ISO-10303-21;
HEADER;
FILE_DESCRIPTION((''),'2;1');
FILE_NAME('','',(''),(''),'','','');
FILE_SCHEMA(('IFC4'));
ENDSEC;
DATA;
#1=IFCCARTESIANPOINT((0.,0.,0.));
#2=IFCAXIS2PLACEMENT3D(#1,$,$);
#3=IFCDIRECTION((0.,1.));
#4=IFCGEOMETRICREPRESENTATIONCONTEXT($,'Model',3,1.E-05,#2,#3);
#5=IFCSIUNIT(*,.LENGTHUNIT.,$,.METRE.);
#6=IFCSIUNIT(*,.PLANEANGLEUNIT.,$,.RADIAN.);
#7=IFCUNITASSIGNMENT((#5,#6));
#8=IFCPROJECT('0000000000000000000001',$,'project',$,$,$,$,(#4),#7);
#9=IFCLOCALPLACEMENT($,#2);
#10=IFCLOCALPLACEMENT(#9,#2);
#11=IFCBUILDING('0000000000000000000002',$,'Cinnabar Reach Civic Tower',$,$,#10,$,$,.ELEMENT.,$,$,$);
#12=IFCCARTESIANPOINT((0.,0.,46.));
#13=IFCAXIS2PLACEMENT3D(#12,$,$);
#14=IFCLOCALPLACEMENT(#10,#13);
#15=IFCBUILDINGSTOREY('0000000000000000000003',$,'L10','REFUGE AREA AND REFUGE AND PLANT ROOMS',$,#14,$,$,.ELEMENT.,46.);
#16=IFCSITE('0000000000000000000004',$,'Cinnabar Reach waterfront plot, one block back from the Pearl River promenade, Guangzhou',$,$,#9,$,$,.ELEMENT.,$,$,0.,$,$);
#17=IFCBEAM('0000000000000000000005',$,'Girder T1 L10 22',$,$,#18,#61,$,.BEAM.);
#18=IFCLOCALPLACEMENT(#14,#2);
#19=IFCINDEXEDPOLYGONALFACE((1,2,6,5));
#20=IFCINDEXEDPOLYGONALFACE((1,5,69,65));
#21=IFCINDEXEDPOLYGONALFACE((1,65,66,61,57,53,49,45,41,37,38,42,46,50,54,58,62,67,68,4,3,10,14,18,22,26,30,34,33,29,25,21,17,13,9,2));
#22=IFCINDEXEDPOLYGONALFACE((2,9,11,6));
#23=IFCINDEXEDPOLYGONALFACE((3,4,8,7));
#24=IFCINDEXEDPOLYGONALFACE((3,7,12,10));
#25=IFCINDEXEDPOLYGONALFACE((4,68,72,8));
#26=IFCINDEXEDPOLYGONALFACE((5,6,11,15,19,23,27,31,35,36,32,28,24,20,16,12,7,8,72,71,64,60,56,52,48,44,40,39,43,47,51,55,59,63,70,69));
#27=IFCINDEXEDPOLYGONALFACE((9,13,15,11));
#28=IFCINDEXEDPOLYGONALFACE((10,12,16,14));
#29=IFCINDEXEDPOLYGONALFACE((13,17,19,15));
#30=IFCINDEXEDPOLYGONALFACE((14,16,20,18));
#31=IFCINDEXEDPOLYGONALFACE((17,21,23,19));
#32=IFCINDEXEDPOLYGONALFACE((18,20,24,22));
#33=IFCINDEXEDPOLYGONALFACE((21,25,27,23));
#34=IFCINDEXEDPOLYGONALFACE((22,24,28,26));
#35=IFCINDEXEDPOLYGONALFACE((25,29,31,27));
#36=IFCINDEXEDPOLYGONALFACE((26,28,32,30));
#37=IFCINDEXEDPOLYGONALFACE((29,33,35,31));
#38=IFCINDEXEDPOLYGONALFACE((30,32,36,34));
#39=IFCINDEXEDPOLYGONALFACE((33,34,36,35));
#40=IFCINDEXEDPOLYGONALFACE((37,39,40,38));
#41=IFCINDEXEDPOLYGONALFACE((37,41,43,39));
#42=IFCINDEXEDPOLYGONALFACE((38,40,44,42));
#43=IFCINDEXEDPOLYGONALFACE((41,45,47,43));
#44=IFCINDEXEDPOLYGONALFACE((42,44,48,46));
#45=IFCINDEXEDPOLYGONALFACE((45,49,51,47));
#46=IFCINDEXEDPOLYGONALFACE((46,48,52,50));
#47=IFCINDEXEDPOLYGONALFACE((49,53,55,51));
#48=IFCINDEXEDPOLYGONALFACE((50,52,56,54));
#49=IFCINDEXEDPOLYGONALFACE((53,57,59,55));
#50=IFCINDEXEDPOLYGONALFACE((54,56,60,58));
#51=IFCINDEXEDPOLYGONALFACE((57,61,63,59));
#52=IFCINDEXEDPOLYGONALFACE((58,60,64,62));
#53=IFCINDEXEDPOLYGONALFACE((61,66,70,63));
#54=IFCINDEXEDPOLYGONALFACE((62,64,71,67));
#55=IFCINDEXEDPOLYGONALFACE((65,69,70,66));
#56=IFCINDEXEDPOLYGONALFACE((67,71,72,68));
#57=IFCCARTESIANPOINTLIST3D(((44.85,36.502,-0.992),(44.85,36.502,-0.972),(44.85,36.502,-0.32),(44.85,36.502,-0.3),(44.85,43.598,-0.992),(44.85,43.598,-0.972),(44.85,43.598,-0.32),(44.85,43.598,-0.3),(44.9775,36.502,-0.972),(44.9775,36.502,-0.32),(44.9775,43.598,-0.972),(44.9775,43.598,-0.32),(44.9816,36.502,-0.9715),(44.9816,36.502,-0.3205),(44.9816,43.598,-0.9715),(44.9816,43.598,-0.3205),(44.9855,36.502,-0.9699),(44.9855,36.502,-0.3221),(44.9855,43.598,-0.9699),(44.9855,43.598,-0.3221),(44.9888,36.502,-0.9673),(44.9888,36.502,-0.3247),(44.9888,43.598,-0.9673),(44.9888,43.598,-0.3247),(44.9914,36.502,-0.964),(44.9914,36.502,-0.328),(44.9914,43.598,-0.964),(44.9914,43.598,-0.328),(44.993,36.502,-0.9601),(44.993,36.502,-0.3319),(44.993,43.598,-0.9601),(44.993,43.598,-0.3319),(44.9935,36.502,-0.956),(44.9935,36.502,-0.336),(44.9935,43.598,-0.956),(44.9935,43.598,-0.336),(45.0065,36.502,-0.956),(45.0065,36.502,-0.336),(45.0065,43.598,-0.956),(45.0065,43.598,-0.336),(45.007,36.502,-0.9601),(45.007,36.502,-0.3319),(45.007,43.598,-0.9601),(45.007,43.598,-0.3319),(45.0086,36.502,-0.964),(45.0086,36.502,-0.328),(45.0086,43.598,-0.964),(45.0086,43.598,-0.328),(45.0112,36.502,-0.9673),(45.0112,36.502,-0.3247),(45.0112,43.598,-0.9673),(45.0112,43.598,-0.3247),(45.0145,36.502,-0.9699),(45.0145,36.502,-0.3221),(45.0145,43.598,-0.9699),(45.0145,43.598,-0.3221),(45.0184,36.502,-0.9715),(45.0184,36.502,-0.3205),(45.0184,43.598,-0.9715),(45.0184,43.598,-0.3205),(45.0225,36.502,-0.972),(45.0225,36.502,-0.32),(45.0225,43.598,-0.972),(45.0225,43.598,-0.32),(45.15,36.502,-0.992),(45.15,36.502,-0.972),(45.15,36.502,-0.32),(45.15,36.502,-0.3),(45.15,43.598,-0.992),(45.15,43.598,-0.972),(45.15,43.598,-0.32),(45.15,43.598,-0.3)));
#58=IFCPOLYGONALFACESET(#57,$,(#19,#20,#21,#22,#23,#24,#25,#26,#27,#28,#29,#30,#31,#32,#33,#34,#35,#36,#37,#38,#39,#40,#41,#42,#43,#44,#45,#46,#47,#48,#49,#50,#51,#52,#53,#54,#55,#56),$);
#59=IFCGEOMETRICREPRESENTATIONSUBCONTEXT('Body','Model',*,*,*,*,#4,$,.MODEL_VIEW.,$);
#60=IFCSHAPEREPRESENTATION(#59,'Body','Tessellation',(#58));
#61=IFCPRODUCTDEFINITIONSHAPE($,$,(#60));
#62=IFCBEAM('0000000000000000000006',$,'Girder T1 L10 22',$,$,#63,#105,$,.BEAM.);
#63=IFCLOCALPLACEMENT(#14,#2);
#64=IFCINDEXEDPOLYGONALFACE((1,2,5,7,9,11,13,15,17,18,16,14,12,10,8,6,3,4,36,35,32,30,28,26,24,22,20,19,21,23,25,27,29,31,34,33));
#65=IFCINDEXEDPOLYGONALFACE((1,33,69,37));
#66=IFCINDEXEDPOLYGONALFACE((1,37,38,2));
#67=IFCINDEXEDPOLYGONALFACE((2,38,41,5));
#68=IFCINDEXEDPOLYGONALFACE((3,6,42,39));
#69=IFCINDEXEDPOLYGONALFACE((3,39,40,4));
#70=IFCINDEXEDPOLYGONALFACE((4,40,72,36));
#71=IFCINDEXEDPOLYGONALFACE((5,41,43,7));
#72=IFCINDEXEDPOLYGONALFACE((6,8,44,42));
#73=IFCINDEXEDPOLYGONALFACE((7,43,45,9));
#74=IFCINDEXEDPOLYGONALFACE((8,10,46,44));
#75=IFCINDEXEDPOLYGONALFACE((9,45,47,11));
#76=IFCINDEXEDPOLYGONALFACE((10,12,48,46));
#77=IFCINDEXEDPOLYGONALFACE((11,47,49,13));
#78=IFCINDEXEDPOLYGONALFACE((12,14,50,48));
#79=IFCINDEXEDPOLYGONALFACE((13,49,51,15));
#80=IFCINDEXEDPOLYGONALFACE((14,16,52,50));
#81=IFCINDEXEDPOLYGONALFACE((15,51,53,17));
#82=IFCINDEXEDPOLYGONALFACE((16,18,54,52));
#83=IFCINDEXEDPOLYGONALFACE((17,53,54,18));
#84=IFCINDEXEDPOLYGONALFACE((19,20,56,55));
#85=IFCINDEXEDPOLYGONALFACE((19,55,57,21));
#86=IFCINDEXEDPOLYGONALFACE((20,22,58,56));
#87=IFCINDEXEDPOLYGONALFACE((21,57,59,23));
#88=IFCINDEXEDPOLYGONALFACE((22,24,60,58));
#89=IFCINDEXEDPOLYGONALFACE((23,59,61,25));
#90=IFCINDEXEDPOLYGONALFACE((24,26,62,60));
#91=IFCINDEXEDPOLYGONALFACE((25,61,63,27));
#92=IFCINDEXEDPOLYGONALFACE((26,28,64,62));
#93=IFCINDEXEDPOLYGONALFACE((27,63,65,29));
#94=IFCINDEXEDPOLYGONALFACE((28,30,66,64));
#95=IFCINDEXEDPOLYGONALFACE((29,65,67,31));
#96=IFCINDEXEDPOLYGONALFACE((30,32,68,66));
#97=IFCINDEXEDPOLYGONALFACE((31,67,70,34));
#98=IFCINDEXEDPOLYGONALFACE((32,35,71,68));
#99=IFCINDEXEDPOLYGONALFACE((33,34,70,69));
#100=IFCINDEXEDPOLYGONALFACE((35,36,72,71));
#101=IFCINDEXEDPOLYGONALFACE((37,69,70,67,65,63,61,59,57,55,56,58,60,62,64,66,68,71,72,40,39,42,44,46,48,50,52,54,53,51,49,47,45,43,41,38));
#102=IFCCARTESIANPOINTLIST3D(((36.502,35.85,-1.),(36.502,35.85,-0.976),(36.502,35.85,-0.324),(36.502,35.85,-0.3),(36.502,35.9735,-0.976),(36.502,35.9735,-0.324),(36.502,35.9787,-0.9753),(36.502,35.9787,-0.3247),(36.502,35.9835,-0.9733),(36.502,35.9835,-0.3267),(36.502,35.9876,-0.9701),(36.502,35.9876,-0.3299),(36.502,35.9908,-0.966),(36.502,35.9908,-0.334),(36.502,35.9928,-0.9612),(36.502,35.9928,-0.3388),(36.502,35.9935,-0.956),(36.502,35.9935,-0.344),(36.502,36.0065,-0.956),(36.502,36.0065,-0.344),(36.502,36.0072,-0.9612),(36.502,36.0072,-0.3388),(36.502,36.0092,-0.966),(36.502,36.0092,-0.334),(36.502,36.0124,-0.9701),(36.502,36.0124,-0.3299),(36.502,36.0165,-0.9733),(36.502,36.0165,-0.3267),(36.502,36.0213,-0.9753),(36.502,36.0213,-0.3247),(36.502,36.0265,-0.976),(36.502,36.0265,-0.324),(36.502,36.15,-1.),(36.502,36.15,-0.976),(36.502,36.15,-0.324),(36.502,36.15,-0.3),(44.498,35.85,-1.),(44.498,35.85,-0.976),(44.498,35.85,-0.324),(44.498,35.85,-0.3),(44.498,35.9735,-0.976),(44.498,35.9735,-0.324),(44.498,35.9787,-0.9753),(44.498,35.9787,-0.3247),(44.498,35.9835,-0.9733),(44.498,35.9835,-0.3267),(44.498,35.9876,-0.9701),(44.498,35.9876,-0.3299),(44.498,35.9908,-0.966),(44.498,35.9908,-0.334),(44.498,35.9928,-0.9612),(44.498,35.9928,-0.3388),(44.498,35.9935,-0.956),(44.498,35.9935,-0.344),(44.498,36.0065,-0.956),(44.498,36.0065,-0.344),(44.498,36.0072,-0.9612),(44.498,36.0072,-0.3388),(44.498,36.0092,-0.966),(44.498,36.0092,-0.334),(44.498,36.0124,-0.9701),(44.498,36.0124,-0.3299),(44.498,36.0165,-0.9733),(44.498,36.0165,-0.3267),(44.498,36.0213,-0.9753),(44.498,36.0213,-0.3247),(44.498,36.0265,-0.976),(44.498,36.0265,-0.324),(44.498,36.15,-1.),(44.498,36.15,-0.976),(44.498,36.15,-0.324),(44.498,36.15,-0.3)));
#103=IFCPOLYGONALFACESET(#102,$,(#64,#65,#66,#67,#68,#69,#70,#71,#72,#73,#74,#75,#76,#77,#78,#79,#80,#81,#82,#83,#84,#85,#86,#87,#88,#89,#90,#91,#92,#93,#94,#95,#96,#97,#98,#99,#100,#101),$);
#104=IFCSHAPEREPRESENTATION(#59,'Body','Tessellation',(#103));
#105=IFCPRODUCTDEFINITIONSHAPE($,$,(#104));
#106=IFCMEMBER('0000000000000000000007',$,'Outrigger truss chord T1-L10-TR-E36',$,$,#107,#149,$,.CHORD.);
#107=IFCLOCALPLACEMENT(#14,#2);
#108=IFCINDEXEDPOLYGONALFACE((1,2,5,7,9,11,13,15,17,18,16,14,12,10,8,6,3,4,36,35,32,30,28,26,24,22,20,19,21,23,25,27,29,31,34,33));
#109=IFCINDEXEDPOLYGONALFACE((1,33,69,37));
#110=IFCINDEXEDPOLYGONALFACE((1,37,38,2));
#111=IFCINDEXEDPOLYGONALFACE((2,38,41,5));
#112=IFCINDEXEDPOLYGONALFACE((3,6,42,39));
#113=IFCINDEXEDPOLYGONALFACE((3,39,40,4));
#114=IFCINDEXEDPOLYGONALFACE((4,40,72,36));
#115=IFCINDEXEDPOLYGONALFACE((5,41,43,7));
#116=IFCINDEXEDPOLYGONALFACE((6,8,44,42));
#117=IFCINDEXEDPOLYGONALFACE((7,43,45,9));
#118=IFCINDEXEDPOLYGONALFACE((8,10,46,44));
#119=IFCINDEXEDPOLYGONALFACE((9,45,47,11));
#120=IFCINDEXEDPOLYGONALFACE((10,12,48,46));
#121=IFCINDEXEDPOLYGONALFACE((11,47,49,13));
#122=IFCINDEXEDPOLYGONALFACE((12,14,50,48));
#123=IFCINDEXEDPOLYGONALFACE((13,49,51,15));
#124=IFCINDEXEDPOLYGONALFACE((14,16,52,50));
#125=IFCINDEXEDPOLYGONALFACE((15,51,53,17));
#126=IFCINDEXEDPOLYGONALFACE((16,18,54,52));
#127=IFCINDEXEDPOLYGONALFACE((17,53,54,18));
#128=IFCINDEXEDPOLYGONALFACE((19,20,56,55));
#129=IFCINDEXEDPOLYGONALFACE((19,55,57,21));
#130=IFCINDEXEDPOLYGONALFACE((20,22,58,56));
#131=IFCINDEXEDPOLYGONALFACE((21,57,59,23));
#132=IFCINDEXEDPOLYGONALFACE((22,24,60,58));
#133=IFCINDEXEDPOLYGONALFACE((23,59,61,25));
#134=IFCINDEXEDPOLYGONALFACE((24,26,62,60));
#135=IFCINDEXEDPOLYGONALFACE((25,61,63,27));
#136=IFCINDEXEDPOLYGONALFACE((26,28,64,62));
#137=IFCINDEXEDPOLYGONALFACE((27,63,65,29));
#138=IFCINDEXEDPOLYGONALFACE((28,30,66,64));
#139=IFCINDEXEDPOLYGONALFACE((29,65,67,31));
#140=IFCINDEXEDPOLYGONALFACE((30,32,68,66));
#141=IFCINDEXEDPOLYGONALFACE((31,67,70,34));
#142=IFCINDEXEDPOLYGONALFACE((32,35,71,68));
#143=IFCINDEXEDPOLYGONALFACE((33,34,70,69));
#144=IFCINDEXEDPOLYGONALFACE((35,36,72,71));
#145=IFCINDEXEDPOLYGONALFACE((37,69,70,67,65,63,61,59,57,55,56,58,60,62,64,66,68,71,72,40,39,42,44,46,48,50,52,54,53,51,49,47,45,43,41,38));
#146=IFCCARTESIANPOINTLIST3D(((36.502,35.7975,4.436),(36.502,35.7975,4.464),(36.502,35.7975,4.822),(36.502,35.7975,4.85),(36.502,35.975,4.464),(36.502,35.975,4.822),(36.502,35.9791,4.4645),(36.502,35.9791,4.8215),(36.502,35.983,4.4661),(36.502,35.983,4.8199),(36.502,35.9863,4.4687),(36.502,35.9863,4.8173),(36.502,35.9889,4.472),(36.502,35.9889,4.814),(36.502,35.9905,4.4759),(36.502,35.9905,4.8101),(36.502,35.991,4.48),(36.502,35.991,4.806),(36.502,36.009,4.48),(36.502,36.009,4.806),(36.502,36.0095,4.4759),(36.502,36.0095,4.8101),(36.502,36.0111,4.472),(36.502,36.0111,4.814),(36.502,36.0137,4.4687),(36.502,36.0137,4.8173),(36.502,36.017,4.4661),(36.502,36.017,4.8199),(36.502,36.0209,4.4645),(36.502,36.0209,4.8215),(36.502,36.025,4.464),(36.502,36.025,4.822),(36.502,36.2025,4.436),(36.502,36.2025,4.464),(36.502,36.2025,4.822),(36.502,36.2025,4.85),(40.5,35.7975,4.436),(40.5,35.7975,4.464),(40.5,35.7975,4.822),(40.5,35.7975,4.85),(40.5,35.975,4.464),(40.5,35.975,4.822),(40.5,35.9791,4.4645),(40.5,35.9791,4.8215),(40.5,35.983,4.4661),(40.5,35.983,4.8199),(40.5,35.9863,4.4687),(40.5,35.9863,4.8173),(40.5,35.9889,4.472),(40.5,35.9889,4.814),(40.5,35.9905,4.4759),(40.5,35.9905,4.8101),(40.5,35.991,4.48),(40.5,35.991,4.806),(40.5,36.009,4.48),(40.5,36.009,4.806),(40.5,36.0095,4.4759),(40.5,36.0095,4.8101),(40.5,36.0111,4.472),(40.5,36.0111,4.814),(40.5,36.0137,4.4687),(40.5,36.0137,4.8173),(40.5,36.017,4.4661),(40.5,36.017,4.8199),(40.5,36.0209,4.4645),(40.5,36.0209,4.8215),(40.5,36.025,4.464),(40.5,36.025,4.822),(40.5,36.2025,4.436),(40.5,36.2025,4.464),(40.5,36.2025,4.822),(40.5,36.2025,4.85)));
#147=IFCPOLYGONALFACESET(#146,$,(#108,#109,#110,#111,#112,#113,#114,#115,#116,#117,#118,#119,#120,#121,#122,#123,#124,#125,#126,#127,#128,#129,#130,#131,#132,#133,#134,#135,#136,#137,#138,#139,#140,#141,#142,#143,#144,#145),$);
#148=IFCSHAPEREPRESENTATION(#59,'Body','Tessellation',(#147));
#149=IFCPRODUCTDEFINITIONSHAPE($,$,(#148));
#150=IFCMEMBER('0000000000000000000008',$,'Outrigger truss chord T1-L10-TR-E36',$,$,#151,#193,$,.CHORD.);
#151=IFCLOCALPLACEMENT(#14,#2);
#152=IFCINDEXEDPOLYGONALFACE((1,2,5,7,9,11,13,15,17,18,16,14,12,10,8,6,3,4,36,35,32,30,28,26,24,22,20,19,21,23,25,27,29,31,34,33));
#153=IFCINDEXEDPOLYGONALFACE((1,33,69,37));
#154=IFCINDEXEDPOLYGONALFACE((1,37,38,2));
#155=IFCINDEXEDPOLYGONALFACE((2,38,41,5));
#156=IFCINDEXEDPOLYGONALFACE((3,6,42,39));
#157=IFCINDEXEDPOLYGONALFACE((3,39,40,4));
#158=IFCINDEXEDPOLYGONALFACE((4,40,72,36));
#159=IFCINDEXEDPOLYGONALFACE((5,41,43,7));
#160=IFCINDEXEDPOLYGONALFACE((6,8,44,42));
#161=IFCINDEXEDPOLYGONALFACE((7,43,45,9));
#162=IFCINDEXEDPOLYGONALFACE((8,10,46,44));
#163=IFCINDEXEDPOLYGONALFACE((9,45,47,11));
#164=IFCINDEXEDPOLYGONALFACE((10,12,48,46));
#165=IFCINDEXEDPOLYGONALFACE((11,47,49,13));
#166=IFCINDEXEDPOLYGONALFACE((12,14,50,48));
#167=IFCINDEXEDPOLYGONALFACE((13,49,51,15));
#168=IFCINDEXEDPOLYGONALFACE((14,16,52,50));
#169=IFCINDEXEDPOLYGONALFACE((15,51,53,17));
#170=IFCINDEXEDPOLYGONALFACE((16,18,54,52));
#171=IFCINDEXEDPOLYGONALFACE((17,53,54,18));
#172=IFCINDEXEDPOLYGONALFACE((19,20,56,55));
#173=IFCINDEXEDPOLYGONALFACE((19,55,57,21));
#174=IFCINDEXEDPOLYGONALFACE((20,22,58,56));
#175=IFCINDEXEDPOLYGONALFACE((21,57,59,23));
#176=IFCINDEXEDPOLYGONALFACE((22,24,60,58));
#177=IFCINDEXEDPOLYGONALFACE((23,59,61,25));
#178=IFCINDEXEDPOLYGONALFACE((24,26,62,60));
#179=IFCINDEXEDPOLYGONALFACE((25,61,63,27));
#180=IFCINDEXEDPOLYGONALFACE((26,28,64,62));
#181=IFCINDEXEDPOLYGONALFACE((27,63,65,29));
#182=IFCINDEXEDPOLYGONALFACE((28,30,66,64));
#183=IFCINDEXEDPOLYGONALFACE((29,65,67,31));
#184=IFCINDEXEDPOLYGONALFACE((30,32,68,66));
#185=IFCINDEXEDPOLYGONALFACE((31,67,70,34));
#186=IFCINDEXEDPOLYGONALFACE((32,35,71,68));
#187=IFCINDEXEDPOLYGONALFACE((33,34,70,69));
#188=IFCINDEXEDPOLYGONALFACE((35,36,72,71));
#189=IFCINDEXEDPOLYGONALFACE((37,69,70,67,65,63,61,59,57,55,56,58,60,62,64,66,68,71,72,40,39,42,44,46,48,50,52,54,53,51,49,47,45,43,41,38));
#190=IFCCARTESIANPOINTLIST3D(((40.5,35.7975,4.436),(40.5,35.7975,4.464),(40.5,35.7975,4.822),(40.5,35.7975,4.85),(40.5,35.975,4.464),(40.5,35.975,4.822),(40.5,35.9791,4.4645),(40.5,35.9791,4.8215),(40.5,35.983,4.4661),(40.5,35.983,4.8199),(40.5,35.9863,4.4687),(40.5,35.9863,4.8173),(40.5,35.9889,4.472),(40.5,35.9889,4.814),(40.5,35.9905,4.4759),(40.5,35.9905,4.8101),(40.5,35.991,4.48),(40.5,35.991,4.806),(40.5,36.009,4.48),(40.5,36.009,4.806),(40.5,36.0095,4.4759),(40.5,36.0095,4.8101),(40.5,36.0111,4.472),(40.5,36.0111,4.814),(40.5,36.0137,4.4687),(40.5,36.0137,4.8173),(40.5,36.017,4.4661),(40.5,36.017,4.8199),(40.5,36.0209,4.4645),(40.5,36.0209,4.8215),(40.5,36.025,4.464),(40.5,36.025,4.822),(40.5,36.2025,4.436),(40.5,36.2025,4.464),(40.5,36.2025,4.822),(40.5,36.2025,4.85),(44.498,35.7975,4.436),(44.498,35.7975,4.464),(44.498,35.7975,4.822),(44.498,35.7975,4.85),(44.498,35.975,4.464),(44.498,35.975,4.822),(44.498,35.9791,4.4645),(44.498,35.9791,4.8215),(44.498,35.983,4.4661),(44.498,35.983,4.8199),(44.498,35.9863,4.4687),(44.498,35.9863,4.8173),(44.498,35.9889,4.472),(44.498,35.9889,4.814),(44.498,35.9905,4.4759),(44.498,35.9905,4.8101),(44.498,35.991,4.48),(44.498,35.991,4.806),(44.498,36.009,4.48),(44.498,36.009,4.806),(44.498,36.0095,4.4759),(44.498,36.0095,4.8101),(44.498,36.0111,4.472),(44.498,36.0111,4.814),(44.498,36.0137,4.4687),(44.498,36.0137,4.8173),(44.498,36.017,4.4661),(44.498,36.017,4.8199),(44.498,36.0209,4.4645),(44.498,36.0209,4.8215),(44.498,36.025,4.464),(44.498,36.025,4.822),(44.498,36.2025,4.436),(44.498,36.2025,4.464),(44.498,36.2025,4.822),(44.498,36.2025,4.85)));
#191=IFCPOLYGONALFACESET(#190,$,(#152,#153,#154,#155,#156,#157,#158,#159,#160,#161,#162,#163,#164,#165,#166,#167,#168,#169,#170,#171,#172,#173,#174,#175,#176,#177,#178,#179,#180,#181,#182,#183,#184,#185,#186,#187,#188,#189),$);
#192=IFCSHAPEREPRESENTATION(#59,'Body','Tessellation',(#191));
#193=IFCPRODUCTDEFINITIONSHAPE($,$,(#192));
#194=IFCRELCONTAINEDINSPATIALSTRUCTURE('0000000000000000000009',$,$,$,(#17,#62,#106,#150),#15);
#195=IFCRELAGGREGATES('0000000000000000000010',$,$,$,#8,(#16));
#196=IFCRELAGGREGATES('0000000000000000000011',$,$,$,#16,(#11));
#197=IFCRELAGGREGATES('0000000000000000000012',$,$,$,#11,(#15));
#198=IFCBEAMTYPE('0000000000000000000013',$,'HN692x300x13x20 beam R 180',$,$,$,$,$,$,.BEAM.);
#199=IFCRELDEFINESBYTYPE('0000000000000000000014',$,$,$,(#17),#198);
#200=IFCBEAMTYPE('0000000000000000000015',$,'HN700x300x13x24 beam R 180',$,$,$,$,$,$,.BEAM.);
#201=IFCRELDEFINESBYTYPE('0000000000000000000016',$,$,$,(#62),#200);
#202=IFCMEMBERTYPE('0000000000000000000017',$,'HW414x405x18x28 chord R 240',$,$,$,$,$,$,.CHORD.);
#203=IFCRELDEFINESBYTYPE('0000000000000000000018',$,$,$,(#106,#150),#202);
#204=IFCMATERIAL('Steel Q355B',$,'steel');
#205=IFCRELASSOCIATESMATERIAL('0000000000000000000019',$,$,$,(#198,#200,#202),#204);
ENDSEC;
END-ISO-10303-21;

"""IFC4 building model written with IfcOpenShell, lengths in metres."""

from ifc_helpers import new_model, si_unit, direction, frame, origin, origin_2d, place, context, subcontext, project, spatial, i_section, extrude, material, material_profile, profile_set, type_object, element, save


model = new_model("IFC4")

# Units and contexts
model_context = context("Model", 3, precision=1e-05, world=origin(), true_north=direction((0.0, 1.0)))
body_context = subcontext(model_context, "Body", "Model", "MODEL_VIEW")
ifc_project = project(units=[si_unit("LENGTHUNIT", "METRE"), si_unit("PLANEANGLEUNIT", "RADIAN")], contexts=[model_context])

# Site, building, storey
site_placement = place(None, origin())
site = spatial("IfcSite", under=ifc_project, at=site_placement, Name="Cinnabar Reach waterfront plot, one block back from the Pearl River promenade, Guangzhou", CompositionType="ELEMENT", RefElevation=0.0)
building_placement = place(site_placement, origin())
building = spatial("IfcBuilding", under=site, at=building_placement, Name="Cinnabar Reach Civic Tower", CompositionType="ELEMENT")
storey_placement = place(building_placement, frame((0.0, 0.0, 46.0)))
storey = spatial("IfcBuildingStorey", under=building, at=storey_placement, Name="L10", Description="REFUGE AREA AND REFUGE AND PLANT ROOMS", CompositionType="ELEMENT", Elevation=46.0)

# Shared definitions
ifc_material_1 = material(Name="Steel Q355B", Category="steel")

# Beams
ifc_material_profile_1 = material_profile(ifc_material_1, i_section(OverallWidth=0.3, OverallDepth=0.692, WebThickness=0.013, FlangeThickness=0.02, FilletRadius=0.016, at=origin_2d()), Name="HN692x300x13x20")
ifc_profile_set_1 = profile_set([ifc_material_profile_1], Name="Steel Q355B")
beam_type_1 = type_object("IfcBeamType", Name="HN692x300x13x20 beam R 180", PredefinedType="BEAM", material=ifc_profile_set_1)
beam_1_placement = place(storey_placement, frame((45.0, 36.502, -0.646), z_axis=(0.0, 1.0, 0.0), x_axis=(-1.0, 0.0, 0.0)))
element("IfcBeam", 1, at=beam_1_placement, inside=storey, type_object=beam_type_1, Name="Girder T1 L10 22", PredefinedType="BEAM", context=body_context, shape_type="SweptSolid", body=[
    extrude(i_section(OverallWidth=0.3, OverallDepth=0.692, WebThickness=0.013, FlangeThickness=0.02, FilletRadius=0.016, at=origin_2d()), origin(), (0.0, 0.0, 1.0), 7.096),
])
ifc_material_profile_2 = material_profile(ifc_material_1, i_section(OverallWidth=0.3, OverallDepth=0.7, WebThickness=0.013, FlangeThickness=0.024, FilletRadius=0.02, at=origin_2d()), Name="HN700x300x13x24")
ifc_profile_set_2 = profile_set([ifc_material_profile_2], Name="Steel Q355B")
beam_type_2 = type_object("IfcBeamType", Name="HN700x300x13x24 beam R 180", PredefinedType="BEAM", material=ifc_profile_set_2)
beam_2_placement = place(storey_placement, frame((36.502, 36.0, -0.65), z_axis=(1.0, 0.0, 0.0), x_axis=(0.0, 1.0, 0.0)))
element("IfcBeam", 2, at=beam_2_placement, inside=storey, type_object=beam_type_2, Name="Girder T1 L10 22", PredefinedType="BEAM", context=body_context, shape_type="SweptSolid", body=[
    extrude(i_section(OverallWidth=0.3, OverallDepth=0.7, WebThickness=0.013, FlangeThickness=0.024, FilletRadius=0.02, at=origin_2d()), origin(), (0.0, 0.0, 1.0), 7.996),
])

# Members
ifc_material_profile_3 = material_profile(ifc_material_1, i_section(OverallWidth=0.405, OverallDepth=0.414, WebThickness=0.018, FlangeThickness=0.028, FilletRadius=0.016, at=origin_2d()), Name="HW414x405x18x28")
ifc_profile_set_3 = profile_set([ifc_material_profile_3], Name="Steel Q355B")
member_type_1 = type_object("IfcMemberType", Name="HW414x405x18x28 chord R 240", PredefinedType="CHORD", material=ifc_profile_set_3)
for number, where, z_axis, x_axis, name in (
    (3, (36.502, 36.0, 4.643), (1.0, 0.0, 0.0), (0.0, 1.0, 0.0), "Outrigger truss chord T1-L10-TR-E36"),
    (4, (40.5, 36.0, 4.643), (1.0, 0.0, 0.0), (0.0, 1.0, 0.0), "Outrigger truss chord T1-L10-TR-E36"),
):
    element("IfcMember", number, at=place(storey_placement, frame(where, z_axis=z_axis, x_axis=x_axis)), inside=storey, type_object=member_type_1, Name=name, PredefinedType="CHORD", context=body_context, shape_type="SweptSolid", body=[
        extrude(i_section(OverallWidth=0.405, OverallDepth=0.414, WebThickness=0.018, FlangeThickness=0.028, FilletRadius=0.016, at=origin_2d()), origin(), (0.0, 0.0, 1.0), 3.998),
    ])

save(model, "model.ifc")
